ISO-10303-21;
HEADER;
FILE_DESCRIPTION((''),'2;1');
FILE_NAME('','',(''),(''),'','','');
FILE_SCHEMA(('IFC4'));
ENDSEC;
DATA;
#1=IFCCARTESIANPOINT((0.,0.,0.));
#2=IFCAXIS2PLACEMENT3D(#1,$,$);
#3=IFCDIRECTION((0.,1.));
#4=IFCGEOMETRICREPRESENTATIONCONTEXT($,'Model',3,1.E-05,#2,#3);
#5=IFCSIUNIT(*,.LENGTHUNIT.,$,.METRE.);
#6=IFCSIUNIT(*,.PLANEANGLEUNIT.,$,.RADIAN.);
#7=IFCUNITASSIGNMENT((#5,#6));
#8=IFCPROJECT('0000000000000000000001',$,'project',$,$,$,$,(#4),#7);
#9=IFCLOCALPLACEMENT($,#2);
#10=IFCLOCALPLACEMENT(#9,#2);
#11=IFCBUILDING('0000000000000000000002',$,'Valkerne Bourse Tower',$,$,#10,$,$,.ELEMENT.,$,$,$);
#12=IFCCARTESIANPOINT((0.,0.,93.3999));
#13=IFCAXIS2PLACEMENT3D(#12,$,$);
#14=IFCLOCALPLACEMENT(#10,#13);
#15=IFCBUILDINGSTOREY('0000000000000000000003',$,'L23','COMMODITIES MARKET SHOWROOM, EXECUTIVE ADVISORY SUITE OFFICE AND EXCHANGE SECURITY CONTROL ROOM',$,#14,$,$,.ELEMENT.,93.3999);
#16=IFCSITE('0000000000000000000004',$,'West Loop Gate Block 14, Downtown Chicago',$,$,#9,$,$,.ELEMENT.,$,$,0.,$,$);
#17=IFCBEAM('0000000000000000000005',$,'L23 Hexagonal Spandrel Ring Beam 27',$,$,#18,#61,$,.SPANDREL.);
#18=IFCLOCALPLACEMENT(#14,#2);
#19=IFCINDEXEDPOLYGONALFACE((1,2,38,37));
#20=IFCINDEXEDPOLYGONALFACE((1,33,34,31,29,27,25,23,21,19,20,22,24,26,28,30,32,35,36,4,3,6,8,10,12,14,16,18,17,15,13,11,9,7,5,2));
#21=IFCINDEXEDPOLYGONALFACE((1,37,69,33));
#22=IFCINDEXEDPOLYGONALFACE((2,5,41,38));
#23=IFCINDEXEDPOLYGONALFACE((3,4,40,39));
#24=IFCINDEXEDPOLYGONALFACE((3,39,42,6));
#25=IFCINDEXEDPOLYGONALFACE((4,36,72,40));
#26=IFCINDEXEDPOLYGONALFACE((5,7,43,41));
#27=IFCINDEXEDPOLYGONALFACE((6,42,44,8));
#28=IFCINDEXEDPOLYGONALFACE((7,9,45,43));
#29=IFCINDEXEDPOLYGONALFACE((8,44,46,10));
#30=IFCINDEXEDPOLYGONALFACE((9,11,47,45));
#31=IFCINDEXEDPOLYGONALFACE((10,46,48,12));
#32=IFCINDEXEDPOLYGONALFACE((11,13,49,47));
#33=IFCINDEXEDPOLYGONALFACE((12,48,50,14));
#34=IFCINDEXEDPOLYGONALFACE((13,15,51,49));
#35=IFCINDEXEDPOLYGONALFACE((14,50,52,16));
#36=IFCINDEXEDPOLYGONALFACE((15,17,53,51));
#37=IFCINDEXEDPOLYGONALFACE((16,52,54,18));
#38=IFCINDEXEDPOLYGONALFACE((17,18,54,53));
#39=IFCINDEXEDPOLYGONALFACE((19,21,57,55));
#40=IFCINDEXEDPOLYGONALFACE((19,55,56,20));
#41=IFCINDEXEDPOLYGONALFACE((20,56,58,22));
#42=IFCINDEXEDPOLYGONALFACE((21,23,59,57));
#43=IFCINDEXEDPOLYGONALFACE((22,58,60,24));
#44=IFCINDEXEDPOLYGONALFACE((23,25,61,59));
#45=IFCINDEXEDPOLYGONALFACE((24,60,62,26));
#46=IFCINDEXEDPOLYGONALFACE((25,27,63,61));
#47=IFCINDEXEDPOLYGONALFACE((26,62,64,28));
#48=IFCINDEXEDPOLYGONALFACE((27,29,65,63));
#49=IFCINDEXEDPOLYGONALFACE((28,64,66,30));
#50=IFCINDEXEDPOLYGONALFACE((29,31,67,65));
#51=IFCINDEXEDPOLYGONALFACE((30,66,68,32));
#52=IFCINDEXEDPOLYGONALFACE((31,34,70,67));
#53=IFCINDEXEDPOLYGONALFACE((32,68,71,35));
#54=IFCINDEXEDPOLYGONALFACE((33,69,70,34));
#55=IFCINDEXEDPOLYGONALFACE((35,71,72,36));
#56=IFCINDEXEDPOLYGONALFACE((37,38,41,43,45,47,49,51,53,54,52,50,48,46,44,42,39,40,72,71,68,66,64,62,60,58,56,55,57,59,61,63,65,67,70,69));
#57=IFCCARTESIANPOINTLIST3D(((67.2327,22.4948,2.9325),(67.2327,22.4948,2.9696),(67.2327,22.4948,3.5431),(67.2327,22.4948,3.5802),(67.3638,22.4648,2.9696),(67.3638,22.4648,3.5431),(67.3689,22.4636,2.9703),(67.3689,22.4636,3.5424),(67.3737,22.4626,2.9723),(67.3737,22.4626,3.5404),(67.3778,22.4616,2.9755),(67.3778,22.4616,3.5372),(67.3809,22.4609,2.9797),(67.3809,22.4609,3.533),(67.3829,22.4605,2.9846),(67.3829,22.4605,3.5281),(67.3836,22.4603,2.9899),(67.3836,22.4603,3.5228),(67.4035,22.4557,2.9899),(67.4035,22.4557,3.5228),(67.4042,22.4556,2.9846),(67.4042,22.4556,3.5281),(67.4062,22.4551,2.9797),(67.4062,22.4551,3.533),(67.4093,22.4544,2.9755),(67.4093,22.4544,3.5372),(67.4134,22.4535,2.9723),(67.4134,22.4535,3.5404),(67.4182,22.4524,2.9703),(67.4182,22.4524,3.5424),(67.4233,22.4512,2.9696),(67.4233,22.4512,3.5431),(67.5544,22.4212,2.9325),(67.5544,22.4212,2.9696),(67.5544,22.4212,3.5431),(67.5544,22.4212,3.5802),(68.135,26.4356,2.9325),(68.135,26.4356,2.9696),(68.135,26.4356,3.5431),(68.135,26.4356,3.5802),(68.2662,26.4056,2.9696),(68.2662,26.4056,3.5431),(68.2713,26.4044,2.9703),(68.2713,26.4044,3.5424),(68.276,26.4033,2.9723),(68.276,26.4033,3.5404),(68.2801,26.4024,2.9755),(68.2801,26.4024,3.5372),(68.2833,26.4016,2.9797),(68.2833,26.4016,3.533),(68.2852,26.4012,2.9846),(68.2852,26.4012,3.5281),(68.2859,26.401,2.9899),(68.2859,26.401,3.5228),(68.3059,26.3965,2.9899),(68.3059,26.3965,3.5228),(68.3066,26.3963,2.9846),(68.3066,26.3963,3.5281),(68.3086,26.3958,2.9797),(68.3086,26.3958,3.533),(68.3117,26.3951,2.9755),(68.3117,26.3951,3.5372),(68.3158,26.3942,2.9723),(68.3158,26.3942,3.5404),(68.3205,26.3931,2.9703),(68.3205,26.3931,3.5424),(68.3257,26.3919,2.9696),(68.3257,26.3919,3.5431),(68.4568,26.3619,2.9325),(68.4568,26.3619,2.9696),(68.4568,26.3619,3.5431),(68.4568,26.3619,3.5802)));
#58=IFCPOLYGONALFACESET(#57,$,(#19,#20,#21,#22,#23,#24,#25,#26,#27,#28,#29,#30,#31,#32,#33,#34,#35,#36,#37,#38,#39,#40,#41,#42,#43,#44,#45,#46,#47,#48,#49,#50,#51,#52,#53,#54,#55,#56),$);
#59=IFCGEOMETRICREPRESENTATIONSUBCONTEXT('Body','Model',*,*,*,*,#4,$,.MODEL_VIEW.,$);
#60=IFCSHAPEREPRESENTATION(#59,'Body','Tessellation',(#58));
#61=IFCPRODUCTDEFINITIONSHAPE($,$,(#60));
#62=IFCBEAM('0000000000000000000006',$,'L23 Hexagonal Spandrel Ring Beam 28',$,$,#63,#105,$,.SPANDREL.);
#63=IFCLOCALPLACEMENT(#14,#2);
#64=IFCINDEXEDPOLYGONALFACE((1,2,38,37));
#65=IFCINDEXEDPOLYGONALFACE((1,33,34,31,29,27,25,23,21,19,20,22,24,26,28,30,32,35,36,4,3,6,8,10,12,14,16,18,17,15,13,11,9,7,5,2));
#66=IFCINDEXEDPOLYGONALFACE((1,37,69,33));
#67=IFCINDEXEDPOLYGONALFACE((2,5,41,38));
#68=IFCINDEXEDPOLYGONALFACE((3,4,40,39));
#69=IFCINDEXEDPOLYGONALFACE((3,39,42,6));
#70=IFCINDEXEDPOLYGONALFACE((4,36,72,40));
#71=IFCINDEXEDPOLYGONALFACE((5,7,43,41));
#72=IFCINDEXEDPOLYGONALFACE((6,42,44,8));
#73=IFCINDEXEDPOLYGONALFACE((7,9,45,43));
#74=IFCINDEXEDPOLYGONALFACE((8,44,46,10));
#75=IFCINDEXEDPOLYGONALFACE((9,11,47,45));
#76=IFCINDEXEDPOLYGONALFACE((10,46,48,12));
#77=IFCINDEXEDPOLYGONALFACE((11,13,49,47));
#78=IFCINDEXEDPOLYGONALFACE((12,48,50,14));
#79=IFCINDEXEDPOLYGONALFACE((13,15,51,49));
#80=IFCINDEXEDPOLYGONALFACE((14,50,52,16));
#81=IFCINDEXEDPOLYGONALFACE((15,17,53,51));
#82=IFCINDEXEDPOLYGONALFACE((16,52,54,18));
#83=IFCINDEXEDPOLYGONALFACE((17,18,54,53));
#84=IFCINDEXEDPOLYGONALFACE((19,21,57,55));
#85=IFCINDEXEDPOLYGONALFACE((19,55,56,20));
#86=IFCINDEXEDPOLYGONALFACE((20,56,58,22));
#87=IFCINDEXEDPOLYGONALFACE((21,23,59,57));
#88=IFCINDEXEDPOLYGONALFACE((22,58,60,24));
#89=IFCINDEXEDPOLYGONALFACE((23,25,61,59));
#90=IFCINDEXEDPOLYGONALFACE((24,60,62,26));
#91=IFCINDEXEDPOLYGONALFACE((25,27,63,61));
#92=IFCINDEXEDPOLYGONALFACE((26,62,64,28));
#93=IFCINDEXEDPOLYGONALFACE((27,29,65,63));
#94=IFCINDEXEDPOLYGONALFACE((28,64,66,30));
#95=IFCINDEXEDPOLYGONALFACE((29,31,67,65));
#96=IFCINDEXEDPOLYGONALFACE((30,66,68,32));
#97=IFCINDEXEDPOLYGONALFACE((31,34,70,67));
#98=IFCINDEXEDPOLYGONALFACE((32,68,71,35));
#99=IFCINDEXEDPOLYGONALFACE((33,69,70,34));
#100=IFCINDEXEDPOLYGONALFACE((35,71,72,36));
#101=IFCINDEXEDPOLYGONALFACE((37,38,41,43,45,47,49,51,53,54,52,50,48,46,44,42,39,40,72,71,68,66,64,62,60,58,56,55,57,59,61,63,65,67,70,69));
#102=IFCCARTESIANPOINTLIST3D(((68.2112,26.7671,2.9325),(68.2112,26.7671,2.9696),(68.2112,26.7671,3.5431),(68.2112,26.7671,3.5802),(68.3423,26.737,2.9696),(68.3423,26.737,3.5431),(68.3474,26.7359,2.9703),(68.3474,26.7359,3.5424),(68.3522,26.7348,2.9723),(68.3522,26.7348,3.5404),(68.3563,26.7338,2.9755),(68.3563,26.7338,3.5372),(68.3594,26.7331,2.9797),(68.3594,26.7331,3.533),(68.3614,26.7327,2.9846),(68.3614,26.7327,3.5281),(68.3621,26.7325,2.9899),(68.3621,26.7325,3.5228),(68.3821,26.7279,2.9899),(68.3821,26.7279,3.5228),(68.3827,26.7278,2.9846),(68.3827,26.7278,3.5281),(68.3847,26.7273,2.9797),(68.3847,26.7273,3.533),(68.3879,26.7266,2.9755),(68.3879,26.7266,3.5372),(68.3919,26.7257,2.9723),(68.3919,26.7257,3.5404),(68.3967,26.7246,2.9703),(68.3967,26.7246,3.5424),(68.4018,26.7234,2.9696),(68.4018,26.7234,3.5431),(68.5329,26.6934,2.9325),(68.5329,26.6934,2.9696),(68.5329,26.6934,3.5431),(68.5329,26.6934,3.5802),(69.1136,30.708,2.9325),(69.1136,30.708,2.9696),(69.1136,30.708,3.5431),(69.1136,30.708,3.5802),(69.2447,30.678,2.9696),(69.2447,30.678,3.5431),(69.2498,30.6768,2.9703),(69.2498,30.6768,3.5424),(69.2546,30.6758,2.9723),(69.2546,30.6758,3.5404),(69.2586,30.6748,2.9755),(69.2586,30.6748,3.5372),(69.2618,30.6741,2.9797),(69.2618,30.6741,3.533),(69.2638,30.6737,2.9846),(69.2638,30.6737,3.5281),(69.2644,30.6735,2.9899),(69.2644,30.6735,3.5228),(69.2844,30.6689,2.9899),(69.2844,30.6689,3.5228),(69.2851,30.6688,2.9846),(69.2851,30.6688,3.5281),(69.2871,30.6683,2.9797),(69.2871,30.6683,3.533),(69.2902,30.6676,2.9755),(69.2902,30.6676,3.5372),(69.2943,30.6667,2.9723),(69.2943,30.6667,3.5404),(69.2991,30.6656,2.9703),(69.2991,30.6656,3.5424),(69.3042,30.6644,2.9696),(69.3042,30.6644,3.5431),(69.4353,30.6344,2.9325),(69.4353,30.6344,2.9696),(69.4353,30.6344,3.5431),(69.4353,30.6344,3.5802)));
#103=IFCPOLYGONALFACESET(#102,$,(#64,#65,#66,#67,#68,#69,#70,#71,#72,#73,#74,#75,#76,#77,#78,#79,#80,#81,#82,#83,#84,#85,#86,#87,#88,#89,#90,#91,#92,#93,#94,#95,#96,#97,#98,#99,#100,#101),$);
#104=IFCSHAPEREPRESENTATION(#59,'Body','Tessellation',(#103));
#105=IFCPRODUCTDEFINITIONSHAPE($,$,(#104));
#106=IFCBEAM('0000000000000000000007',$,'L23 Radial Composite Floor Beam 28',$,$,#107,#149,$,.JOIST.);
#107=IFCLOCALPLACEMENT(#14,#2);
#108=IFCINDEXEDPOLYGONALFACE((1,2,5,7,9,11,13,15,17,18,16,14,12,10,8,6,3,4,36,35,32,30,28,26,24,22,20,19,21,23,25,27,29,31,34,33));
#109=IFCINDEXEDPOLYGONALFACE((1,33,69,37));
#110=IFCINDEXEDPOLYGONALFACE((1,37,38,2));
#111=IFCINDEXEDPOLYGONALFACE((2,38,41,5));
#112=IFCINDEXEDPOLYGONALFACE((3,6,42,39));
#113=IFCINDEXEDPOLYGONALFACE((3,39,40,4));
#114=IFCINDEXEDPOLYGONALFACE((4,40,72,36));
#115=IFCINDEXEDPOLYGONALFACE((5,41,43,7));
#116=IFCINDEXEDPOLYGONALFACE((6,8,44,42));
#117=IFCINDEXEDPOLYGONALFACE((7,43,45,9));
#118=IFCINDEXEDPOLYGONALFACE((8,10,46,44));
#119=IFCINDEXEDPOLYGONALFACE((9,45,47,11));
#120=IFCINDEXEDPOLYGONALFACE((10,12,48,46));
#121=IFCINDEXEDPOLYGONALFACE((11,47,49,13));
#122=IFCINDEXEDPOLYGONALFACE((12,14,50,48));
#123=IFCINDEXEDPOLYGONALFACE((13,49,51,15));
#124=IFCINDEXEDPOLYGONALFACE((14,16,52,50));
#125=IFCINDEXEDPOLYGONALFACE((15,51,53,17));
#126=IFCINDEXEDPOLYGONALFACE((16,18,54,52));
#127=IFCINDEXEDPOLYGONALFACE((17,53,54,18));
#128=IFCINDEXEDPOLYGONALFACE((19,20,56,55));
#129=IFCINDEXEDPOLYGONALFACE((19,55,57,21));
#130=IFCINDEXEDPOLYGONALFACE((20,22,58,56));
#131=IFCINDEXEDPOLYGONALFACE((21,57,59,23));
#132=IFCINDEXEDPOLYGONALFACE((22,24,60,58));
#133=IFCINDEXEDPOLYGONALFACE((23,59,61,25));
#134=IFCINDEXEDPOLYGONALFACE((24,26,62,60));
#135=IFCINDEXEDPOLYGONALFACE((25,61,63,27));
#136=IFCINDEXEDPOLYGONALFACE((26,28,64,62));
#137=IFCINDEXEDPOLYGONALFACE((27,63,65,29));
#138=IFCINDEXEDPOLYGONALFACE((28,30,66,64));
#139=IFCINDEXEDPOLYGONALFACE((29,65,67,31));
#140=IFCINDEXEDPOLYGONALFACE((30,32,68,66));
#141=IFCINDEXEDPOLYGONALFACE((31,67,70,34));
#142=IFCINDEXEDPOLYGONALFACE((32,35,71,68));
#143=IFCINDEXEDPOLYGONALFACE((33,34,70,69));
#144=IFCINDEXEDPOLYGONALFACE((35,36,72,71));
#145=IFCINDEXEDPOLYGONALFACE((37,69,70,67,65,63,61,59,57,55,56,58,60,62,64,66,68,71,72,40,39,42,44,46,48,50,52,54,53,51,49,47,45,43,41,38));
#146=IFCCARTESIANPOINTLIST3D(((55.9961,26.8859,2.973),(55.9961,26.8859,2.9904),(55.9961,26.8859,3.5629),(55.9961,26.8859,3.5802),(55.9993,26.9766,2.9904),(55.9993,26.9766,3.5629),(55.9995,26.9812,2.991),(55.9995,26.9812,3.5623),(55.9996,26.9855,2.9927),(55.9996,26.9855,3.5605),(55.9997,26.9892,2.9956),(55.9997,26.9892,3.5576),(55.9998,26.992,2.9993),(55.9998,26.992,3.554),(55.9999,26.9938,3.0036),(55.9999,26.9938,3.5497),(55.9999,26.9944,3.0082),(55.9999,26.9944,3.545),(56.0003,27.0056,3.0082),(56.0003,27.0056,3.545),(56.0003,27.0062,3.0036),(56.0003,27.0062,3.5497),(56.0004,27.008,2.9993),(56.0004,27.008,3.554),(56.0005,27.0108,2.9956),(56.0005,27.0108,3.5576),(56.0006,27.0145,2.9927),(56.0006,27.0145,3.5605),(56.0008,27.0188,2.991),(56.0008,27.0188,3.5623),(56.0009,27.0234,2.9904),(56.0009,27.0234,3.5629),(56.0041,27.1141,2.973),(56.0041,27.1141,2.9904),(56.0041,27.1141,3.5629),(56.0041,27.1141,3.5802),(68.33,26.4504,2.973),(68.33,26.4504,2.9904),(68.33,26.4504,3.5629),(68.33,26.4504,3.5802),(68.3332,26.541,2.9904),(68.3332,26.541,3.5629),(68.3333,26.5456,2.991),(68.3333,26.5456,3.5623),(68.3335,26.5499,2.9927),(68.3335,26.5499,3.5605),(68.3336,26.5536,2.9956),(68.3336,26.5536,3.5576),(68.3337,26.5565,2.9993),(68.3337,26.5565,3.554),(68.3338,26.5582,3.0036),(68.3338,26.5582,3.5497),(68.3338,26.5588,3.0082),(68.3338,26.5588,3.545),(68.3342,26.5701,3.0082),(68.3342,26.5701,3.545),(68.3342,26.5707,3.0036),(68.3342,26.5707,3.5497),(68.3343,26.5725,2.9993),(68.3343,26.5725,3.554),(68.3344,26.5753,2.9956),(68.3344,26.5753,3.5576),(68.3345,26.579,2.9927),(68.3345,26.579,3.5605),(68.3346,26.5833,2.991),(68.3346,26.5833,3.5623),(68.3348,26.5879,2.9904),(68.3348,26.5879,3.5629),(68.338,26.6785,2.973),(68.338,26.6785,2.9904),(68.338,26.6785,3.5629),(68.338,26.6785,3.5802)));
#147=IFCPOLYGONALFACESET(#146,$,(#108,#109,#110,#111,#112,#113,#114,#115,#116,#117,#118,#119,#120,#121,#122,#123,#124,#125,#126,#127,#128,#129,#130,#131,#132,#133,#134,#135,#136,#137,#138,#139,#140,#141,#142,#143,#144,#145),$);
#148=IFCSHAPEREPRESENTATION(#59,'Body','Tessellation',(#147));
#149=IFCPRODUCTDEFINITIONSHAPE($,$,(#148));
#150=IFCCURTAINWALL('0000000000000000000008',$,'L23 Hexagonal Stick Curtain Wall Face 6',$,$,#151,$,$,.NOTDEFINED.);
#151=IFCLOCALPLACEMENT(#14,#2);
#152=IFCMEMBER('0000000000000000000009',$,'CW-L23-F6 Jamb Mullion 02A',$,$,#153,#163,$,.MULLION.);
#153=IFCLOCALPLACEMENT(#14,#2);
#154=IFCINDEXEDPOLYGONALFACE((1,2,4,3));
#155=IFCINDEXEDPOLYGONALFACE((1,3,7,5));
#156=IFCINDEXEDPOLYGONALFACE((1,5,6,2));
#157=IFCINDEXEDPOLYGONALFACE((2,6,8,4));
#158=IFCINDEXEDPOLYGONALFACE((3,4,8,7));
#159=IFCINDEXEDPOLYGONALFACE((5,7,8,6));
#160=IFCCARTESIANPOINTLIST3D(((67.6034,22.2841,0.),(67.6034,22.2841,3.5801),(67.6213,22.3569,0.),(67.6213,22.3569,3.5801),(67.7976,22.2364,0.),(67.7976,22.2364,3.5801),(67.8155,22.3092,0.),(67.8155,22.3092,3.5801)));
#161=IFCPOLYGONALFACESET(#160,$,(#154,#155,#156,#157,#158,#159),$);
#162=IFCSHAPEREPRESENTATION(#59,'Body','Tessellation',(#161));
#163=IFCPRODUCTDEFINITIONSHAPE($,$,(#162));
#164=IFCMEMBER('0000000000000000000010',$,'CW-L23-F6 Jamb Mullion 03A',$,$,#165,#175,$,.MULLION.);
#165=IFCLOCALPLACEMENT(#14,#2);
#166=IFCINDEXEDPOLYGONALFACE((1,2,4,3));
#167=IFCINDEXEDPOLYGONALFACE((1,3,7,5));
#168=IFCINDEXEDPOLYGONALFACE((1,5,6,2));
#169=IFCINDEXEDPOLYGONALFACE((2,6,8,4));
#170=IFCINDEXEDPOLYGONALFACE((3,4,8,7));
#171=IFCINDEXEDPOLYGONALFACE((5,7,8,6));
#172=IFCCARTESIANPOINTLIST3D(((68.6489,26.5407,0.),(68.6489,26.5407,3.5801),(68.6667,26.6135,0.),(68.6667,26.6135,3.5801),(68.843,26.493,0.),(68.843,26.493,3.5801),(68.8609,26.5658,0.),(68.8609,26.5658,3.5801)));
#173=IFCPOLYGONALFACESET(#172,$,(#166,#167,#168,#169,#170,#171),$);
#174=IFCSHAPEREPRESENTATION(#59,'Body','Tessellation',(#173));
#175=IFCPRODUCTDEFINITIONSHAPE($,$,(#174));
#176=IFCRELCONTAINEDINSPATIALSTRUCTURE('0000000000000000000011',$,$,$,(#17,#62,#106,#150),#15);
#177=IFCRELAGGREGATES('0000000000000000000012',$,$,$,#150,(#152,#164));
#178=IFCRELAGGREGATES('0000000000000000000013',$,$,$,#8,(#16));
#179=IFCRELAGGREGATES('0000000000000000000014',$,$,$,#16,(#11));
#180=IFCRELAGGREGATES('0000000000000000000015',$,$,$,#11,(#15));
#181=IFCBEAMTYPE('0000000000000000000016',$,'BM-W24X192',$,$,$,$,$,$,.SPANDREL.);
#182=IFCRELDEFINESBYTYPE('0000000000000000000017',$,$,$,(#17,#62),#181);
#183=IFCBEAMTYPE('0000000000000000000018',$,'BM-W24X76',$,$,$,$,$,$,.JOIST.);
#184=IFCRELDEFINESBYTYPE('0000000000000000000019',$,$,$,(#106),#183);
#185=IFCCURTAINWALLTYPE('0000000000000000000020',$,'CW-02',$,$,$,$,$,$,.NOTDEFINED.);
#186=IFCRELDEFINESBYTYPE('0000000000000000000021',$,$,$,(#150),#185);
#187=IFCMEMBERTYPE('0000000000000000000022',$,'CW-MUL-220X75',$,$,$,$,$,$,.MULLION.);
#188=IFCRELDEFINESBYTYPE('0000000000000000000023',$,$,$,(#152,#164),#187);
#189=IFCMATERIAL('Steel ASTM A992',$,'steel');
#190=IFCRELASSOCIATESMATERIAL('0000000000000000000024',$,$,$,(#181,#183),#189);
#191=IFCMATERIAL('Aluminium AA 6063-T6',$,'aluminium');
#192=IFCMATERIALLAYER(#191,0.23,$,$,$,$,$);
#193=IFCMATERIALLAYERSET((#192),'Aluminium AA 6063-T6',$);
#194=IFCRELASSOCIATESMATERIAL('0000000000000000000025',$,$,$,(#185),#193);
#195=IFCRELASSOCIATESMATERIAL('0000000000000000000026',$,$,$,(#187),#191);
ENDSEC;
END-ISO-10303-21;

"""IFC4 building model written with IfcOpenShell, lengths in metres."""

from ifc_helpers import new_model, si_unit, direction, frame, origin, origin_2d, place, context, subcontext, project, spatial, rectangle, i_section, extrude, material, layer, layer_set, material_profile, profile_set, type_object, element, aggregate, save


model = new_model("IFC4")

# Units and contexts
model_context = context("Model", 3, precision=1e-05, world=origin(), true_north=direction((0.0, 1.0)))
body_context = subcontext(model_context, "Body", "Model", "MODEL_VIEW")
ifc_project = project(units=[si_unit("LENGTHUNIT", "METRE"), si_unit("PLANEANGLEUNIT", "RADIAN")], contexts=[model_context])

# Site, building, storey
site_placement = place(None, origin())
site = spatial("IfcSite", under=ifc_project, at=site_placement, Name="West Loop Gate Block 14, Downtown Chicago", CompositionType="ELEMENT", RefElevation=0.0)
building_placement = place(site_placement, origin())
building = spatial("IfcBuilding", under=site, at=building_placement, Name="Valkerne Bourse Tower", CompositionType="ELEMENT")
storey_placement = place(building_placement, frame((0.0, 0.0, 93.3999)))
storey = spatial("IfcBuildingStorey", under=building, at=storey_placement, Name="L23", Description="COMMODITIES MARKET SHOWROOM, EXECUTIVE ADVISORY SUITE OFFICE AND EXCHANGE SECURITY CONTROL ROOM", CompositionType="ELEMENT", Elevation=93.3999)

# Beams
ifc_material_1 = material(Name="Steel ASTM A992", Category="steel")
ifc_material_profile_1 = material_profile(ifc_material_1, i_section(OverallWidth=0.3301, OverallDepth=0.6477, WebThickness=0.0205, FlangeThickness=0.0371, FilletRadius=0.0203, at=origin_2d()), Name="W24X192")
ifc_profile_set_1 = profile_set([ifc_material_profile_1], Name="Steel ASTM A992")
beam_type_1 = type_object("IfcBeamType", Name="BM-W24X192", PredefinedType="SPANDREL", material=ifc_profile_set_1)
beam_1_placement = place(storey_placement, frame((67.3936, 22.458, 3.2563), z_axis=(0.223205, 0.974771, 0.0), x_axis=(-0.974771, 0.223205, 0.0)))
element("IfcBeam", 1, at=beam_1_placement, inside=storey, type_object=beam_type_1, Name="L23 Hexagonal Spandrel Ring Beam 27", PredefinedType="SPANDREL", context=body_context, shape_type="SweptSolid", body=[
    extrude(i_section(OverallWidth=0.3301, OverallDepth=0.6477, WebThickness=0.0205, FlangeThickness=0.0371, FilletRadius=0.0203, at=origin_2d()), origin(), (0.0, 0.0, 1.0), 4.0427),
])
beam_2_placement = place(storey_placement, frame((68.3721, 26.7302, 3.2563), z_axis=(0.223192, 0.974774, 0.0), x_axis=(-0.974774, 0.223192, 0.0)))
element("IfcBeam", 2, at=beam_2_placement, inside=storey, type_object=beam_type_1, Name="L23 Hexagonal Spandrel Ring Beam 28", PredefinedType="SPANDREL", context=body_context, shape_type="SweptSolid", body=[
    extrude(i_section(OverallWidth=0.3301, OverallDepth=0.6477, WebThickness=0.0205, FlangeThickness=0.0371, FilletRadius=0.0203, at=origin_2d()), origin(), (0.0, 0.0, 1.0), 4.043),
])
ifc_material_profile_2 = material_profile(ifc_material_1, i_section(OverallWidth=0.2283, OverallDepth=0.6072, WebThickness=0.0112, FlangeThickness=0.0173, FilletRadius=0.0178, at=origin_2d()), Name="W24X76")
ifc_profile_set_2 = profile_set([ifc_material_profile_2], Name="Steel ASTM A992")
beam_type_2 = type_object("IfcBeamType", Name="BM-W24X76", PredefinedType="JOIST", material=ifc_profile_set_2)
beam_3_placement = place(storey_placement, frame((68.334, 26.5645, 3.2766), z_axis=(-0.999377, 0.035291, 0.0), x_axis=(-0.035291, -0.999377, 0.0)))
element("IfcBeam", 3, at=beam_3_placement, inside=storey, type_object=beam_type_2, Name="L23 Radial Composite Floor Beam 28", PredefinedType="JOIST", context=body_context, shape_type="SweptSolid", body=[
    extrude(i_section(OverallWidth=0.2283, OverallDepth=0.6072, WebThickness=0.0112, FlangeThickness=0.0173, FilletRadius=0.0178, at=origin_2d()), origin(), (0.0, 0.0, 1.0), 12.3416),
])

# Curtain wall, members
ifc_material_2 = material(Name="Aluminium AA 6063-T6", Category="aluminium")
ifc_layer_1 = layer(ifc_material_2, 0.23)
ifc_layer_set_1 = layer_set([ifc_layer_1], Name="Aluminium AA 6063-T6")
curtain_wall_type = type_object("IfcCurtainWallType", Name="CW-02", PredefinedType="NOTDEFINED", material=ifc_layer_set_1)
curtain_wall_placement = place(storey_placement, origin())
curtain_wall = element("IfcCurtainWall", 4, at=curtain_wall_placement, inside=storey, type_object=curtain_wall_type, Name="L23 Hexagonal Stick Curtain Wall Face 6", PredefinedType="NOTDEFINED")
ifc_material_profile_3 = material_profile(ifc_material_2, rectangle(XDim=0.075, YDim=0.2, at=origin_2d()), Name="CWM-75X200")
ifc_profile_set_3 = profile_set([ifc_material_profile_3], Name="Aluminium AA 6063-T6")
member_type_1 = type_object("IfcMemberType", Name="CW-MUL-220X75", PredefinedType="MULLION", material=ifc_profile_set_3)
member_1_placement = place(storey_placement, frame((67.7095, 22.2966, 0.0), z_axis=(0.0, 0.0, 1.0), x_axis=(0.238534, 0.971134, 0.0)))
member_1 = element("IfcMember", 5, at=member_1_placement, type_object=member_type_1, Name="CW-L23-F6 Jamb Mullion 02A", PredefinedType="MULLION", context=body_context, shape_type="SweptSolid", body=[
    extrude(rectangle(XDim=0.075, YDim=0.2, at=origin_2d()), origin(), (0.0, 0.0, 1.0), 3.5801),
])
member_2_placement = place(storey_placement, frame((68.7549, 26.5532, 0.0), z_axis=(0.0, 0.0, 1.0), x_axis=(0.238539, 0.971133, 0.0)))
member_2 = element("IfcMember", 6, at=member_2_placement, type_object=member_type_1, Name="CW-L23-F6 Jamb Mullion 03A", PredefinedType="MULLION", context=body_context, shape_type="SweptSolid", body=[
    extrude(rectangle(XDim=0.075, YDim=0.2, at=origin_2d()), origin(), (0.0, 0.0, 1.0), 3.5801),
])

aggregate(curtain_wall, [member_1, member_2])

save(model, "model.ifc")
